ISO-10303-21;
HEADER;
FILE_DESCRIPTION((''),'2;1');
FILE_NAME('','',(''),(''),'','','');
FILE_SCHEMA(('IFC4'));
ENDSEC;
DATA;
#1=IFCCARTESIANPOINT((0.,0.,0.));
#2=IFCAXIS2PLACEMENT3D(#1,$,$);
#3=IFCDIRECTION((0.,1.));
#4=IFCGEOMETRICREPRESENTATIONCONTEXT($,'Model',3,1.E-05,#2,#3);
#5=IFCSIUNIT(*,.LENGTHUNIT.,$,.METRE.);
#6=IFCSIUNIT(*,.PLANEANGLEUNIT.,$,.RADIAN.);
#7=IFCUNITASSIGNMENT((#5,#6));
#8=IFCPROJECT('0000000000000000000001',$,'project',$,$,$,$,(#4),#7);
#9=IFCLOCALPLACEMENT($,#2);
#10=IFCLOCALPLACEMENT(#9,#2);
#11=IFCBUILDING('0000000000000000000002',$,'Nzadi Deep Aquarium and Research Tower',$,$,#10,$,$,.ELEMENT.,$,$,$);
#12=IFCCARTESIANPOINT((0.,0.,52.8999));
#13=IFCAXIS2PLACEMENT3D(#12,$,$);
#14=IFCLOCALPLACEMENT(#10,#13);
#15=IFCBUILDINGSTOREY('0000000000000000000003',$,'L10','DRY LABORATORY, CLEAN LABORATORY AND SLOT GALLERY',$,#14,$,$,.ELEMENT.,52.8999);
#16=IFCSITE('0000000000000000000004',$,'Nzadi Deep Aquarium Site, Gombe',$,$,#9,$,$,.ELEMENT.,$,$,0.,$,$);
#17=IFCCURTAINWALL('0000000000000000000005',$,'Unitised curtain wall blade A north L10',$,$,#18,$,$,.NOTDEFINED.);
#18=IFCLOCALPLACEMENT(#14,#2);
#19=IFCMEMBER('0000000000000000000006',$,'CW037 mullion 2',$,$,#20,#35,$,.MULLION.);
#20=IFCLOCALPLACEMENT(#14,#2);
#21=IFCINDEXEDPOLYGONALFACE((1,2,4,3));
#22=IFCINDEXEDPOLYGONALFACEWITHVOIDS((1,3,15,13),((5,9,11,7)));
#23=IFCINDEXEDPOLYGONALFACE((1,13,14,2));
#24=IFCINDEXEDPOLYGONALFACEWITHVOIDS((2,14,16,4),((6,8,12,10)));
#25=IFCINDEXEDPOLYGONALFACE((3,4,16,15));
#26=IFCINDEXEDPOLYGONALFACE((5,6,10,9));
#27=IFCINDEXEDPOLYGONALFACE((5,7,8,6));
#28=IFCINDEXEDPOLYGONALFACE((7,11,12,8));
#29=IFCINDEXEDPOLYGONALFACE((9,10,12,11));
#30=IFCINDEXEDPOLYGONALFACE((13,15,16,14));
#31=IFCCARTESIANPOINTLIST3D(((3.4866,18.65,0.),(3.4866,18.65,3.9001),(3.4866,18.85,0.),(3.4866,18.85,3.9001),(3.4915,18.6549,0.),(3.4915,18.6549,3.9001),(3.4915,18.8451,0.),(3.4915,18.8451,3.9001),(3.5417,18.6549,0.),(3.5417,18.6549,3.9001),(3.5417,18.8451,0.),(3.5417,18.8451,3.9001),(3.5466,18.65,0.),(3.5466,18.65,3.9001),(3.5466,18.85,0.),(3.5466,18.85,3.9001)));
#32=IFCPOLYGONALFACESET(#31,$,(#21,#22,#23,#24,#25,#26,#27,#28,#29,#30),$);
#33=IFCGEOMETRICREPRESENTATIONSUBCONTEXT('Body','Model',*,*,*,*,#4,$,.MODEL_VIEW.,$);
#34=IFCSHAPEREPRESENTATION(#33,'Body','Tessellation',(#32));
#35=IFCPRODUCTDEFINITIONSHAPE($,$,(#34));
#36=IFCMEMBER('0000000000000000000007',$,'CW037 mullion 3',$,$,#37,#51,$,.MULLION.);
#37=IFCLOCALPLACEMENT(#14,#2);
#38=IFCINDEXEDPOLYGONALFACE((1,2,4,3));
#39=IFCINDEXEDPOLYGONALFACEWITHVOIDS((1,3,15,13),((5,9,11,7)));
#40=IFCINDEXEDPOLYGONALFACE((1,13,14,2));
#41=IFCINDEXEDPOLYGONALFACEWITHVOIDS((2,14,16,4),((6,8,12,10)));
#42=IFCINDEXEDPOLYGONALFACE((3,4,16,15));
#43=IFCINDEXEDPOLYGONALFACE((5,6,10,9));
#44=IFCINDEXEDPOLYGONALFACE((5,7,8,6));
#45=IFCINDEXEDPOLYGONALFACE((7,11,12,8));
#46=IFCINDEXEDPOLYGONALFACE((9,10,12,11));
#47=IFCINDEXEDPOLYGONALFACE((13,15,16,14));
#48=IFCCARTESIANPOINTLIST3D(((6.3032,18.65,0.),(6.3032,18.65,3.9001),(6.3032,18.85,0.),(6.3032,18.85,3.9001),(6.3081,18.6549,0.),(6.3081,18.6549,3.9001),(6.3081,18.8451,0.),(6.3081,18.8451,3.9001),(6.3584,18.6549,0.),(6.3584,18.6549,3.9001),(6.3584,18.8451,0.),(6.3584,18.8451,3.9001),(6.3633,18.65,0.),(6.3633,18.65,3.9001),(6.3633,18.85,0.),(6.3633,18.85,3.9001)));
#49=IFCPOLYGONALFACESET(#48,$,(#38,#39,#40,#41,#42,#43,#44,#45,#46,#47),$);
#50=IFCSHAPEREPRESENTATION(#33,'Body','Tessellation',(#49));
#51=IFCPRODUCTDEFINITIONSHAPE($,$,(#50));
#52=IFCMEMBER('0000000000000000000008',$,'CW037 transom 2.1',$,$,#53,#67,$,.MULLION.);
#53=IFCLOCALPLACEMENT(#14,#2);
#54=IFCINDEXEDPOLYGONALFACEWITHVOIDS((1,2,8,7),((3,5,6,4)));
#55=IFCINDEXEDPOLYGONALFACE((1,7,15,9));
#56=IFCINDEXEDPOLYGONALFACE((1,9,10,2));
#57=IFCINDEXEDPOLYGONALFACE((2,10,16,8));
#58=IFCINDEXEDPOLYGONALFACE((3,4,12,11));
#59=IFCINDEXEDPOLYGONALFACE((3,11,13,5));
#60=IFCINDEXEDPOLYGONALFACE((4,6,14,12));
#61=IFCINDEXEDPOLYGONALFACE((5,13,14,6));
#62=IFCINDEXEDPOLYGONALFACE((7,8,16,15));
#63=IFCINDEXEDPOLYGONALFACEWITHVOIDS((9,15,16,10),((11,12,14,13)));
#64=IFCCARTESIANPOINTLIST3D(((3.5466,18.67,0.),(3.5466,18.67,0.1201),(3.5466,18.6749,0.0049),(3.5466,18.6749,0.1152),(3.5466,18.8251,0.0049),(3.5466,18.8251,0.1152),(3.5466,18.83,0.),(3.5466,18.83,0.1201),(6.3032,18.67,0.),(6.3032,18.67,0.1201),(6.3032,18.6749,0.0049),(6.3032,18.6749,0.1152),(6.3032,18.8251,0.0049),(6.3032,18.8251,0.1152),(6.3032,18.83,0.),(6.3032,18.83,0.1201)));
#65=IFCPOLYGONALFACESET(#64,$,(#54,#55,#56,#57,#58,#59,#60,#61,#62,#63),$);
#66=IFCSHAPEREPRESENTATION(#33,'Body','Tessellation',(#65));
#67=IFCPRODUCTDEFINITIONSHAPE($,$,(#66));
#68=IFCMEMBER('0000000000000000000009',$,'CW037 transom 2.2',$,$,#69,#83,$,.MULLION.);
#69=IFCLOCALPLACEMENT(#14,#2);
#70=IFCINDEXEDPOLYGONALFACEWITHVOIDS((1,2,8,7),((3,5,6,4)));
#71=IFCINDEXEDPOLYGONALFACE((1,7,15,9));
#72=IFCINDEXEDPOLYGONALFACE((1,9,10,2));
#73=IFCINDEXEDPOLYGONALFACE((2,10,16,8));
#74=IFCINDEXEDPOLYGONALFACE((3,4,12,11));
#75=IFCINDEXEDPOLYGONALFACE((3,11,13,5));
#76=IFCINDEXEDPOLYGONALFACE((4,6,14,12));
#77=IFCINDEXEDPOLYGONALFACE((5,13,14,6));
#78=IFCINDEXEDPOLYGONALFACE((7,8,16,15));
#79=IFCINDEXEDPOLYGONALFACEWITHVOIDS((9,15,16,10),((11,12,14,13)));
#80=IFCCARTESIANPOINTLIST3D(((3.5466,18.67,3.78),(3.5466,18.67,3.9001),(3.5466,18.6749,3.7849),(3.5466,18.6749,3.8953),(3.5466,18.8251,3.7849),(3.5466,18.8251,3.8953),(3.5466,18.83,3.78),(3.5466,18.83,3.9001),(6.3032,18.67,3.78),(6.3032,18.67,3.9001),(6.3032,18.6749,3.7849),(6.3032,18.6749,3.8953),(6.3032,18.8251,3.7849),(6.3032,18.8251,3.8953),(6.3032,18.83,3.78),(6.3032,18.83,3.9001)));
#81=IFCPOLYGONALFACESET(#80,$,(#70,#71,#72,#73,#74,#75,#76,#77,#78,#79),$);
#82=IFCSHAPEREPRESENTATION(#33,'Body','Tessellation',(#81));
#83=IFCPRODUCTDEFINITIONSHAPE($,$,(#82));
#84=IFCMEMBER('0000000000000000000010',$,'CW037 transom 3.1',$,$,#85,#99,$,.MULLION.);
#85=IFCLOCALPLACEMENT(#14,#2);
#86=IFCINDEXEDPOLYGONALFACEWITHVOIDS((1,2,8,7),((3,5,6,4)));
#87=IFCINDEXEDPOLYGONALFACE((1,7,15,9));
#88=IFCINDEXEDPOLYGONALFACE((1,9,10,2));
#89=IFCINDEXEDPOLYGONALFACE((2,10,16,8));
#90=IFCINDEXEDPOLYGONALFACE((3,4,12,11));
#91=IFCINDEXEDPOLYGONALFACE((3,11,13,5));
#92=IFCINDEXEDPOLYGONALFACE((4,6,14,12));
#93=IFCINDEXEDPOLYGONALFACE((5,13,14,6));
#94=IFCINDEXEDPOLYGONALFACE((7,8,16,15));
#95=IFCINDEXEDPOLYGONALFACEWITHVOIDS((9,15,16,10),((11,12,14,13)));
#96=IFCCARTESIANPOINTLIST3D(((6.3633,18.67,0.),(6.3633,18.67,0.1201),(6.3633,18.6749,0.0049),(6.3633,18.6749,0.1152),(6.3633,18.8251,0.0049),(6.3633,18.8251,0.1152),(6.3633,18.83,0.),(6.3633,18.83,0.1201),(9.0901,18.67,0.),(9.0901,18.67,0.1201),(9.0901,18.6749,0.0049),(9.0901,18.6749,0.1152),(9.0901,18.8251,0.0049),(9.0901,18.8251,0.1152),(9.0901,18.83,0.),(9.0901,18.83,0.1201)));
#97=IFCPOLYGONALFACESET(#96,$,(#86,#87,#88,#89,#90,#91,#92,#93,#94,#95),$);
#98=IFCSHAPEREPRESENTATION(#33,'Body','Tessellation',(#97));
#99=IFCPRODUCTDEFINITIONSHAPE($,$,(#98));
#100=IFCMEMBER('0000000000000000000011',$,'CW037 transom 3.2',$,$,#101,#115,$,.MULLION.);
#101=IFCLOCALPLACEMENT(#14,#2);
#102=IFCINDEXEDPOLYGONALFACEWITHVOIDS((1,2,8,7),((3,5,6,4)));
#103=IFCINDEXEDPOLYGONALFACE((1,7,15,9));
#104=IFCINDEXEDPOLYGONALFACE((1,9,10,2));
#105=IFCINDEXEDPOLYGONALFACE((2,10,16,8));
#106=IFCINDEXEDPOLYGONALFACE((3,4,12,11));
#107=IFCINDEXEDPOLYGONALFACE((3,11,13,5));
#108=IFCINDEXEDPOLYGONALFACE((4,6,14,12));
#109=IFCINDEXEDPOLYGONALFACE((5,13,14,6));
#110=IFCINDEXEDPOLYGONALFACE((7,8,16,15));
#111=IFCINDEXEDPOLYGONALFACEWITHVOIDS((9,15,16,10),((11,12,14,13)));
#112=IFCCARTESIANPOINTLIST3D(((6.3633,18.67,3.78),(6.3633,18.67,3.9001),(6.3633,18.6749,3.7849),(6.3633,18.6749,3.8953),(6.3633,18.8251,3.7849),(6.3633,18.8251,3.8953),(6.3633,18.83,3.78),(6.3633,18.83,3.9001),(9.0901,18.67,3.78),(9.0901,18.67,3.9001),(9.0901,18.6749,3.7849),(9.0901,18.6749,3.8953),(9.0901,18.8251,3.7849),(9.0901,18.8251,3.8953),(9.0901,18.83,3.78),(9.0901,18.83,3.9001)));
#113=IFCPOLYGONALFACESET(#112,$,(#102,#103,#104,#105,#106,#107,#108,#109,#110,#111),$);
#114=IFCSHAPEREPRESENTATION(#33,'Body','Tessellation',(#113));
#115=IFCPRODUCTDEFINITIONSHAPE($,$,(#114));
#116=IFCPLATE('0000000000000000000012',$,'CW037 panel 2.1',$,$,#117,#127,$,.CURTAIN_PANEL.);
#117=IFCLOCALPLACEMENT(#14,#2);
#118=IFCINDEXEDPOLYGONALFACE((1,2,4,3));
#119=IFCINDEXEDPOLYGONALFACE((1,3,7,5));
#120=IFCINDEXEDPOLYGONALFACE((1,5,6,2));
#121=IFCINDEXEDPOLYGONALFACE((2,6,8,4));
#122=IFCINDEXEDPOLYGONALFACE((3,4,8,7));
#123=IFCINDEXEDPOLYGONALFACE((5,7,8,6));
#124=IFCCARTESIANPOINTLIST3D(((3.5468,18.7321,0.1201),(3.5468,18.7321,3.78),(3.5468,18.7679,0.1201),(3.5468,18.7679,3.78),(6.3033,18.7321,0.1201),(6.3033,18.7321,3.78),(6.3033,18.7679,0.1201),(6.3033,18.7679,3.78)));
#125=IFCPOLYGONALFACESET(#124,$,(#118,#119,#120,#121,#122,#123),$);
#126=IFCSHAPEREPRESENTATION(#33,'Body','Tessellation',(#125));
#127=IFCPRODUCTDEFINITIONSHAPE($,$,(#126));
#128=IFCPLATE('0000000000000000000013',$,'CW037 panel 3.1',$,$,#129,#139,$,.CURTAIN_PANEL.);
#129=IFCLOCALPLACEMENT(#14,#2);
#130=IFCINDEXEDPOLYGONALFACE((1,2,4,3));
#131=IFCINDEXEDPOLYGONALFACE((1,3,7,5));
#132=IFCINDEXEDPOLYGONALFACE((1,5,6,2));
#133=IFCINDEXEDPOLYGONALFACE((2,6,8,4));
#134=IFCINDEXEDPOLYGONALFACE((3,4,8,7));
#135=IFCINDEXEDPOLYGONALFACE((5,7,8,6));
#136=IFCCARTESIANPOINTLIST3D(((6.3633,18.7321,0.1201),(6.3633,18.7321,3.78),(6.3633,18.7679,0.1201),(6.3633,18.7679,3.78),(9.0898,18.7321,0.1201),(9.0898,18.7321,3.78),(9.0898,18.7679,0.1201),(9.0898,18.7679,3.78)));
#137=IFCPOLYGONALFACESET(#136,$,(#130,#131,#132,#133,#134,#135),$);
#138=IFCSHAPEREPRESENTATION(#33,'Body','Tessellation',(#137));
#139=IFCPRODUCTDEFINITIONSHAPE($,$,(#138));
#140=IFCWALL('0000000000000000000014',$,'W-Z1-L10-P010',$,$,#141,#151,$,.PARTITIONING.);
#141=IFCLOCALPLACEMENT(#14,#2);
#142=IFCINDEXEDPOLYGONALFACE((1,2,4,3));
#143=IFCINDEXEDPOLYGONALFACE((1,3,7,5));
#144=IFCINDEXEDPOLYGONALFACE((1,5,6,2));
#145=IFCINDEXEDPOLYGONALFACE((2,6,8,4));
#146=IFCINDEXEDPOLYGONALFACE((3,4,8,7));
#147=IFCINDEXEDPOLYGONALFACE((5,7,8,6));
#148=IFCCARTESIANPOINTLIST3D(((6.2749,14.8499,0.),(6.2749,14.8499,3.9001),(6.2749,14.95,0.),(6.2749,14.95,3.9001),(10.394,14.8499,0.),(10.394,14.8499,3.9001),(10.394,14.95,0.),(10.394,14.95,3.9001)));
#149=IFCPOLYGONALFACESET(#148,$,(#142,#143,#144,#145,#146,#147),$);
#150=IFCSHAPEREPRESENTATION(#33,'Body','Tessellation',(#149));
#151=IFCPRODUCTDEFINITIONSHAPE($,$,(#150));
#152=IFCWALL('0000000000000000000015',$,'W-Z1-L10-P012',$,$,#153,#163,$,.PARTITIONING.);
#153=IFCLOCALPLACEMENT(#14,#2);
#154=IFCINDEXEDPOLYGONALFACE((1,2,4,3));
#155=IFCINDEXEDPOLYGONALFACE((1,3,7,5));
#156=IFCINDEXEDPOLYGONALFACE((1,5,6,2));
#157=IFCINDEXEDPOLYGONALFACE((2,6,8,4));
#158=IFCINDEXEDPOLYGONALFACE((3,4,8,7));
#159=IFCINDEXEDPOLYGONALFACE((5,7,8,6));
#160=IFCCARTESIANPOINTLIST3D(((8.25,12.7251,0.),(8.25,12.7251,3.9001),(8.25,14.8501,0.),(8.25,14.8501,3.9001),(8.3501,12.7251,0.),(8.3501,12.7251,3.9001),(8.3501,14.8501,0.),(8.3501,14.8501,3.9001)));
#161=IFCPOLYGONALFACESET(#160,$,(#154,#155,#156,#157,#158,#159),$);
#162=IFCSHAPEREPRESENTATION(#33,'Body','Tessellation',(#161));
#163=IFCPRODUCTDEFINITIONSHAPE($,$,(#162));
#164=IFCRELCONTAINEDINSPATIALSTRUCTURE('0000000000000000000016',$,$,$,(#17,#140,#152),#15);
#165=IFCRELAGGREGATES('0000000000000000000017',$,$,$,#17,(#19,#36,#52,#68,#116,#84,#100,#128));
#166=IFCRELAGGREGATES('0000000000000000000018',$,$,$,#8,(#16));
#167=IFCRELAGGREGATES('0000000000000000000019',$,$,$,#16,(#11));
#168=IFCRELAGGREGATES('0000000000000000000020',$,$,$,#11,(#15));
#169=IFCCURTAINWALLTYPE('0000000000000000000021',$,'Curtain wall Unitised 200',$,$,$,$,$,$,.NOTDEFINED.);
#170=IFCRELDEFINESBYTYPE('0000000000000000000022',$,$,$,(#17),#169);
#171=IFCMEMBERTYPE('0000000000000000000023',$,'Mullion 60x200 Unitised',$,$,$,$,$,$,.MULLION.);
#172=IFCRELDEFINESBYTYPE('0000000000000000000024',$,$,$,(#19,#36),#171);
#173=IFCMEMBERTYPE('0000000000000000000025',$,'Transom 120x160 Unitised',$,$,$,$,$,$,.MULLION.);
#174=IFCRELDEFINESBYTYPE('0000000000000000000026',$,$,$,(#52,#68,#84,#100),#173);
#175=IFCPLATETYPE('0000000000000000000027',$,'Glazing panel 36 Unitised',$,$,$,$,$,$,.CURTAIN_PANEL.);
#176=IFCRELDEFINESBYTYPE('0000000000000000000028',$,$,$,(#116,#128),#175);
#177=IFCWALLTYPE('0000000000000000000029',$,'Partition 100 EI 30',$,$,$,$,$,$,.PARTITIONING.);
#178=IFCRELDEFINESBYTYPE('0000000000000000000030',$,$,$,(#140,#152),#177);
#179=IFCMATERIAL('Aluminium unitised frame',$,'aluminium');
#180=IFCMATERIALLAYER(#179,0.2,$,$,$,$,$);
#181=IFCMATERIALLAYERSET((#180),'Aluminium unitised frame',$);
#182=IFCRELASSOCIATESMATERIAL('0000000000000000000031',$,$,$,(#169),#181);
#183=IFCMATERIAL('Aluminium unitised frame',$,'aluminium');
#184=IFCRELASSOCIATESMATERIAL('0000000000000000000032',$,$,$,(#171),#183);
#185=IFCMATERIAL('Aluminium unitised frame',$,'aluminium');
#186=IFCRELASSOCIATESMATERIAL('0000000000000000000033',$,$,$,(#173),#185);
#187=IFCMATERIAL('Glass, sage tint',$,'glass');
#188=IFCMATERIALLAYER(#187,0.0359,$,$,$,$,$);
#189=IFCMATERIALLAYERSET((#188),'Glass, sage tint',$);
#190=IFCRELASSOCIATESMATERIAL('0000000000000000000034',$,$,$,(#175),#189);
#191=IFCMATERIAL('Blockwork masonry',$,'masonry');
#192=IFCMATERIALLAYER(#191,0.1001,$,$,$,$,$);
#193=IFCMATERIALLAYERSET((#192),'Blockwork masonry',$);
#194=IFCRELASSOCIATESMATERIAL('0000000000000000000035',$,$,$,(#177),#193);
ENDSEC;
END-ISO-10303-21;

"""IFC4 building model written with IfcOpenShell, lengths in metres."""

from ifc_helpers import new_model, si_unit, direction, frame, frame_2d, origin, origin_2d, place, context, subcontext, project, spatial, rectangle, hollow_rectangle, extrude, material, layer, layer_set, material_profile, profile_set, type_object, element, aggregate, save


model = new_model("IFC4")

# Units and contexts
model_context = context("Model", 3, precision=1e-05, world=origin(), true_north=direction((0.0, 1.0)))
body_context = subcontext(model_context, "Body", "Model", "MODEL_VIEW")
ifc_project = project(units=[si_unit("LENGTHUNIT", "METRE"), si_unit("PLANEANGLEUNIT", "RADIAN")], contexts=[model_context])

# Site, building, storey
site_placement = place(None, origin())
site = spatial("IfcSite", under=ifc_project, at=site_placement, Name="Nzadi Deep Aquarium Site, Gombe", CompositionType="ELEMENT", RefElevation=0.0)
building_placement = place(site_placement, origin())
building = spatial("IfcBuilding", under=site, at=building_placement, Name="Nzadi Deep Aquarium and Research Tower", CompositionType="ELEMENT")
storey_placement = place(building_placement, frame((0.0, 0.0, 52.8999)))
storey = spatial("IfcBuildingStorey", under=building, at=storey_placement, Name="L10", Description="DRY LABORATORY, CLEAN LABORATORY AND SLOT GALLERY", CompositionType="ELEMENT", Elevation=52.8999)

# Curtain wall, members, plates
ifc_material_1 = material(Name="Aluminium unitised frame", Category="aluminium")
ifc_layer_1 = layer(ifc_material_1, 0.2)
ifc_layer_set_1 = layer_set([ifc_layer_1], Name="Aluminium unitised frame")
curtain_wall_type = type_object("IfcCurtainWallType", Name="Curtain wall Unitised 200", PredefinedType="NOTDEFINED", material=ifc_layer_set_1)
curtain_wall_placement = place(storey_placement, origin())
curtain_wall = element("IfcCurtainWall", 1, at=curtain_wall_placement, inside=storey, type_object=curtain_wall_type, Name="Unitised curtain wall blade A north L10", PredefinedType="NOTDEFINED")
ifc_material_2 = material(Name="Aluminium unitised frame", Category="aluminium")
ifc_material_profile_1 = material_profile(ifc_material_2, hollow_rectangle(XDim=0.2, YDim=0.0601, WallThickness=0.0049, at=origin_2d()))
ifc_profile_set_1 = profile_set([ifc_material_profile_1], Name="Aluminium unitised frame")
member_type_1 = type_object("IfcMemberType", Name="Mullion 60x200 Unitised", PredefinedType="MULLION", material=ifc_profile_set_1)
member_1_placement = place(storey_placement, frame((3.5166, 18.75, 0.0), z_axis=(0.0, 0.0, 1.0), x_axis=(0.0, 1.0, 0.0)))
member_1 = element("IfcMember", 2, at=member_1_placement, type_object=member_type_1, Name="CW037 mullion 2", PredefinedType="MULLION", context=body_context, shape_type="SweptSolid", body=[
    extrude(hollow_rectangle(XDim=0.2, YDim=0.0601, WallThickness=0.0049, at=origin_2d()), origin(), (0.0, 0.0, 1.0), 3.9001),
])
member_2_placement = place(storey_placement, frame((6.3333, 18.75, 0.0), z_axis=(0.0, 0.0, 1.0), x_axis=(0.0, 1.0, 0.0)))
member_2 = element("IfcMember", 3, at=member_2_placement, type_object=member_type_1, Name="CW037 mullion 3", PredefinedType="MULLION", context=body_context, shape_type="SweptSolid", body=[
    extrude(hollow_rectangle(XDim=0.2, YDim=0.0601, WallThickness=0.0049, at=origin_2d()), origin(), (0.0, 0.0, 1.0), 3.9001),
])
ifc_material_3 = material(Name="Aluminium unitised frame", Category="aluminium")
ifc_material_profile_2 = material_profile(ifc_material_3, hollow_rectangle(XDim=0.1599, YDim=0.1201, WallThickness=0.0049, at=origin_2d()))
ifc_profile_set_2 = profile_set([ifc_material_profile_2], Name="Aluminium unitised frame")
member_type_2 = type_object("IfcMemberType", Name="Transom 120x160 Unitised", PredefinedType="MULLION", material=ifc_profile_set_2)
member_3_placement = place(storey_placement, frame((3.5466, 18.75, 0.0601), z_axis=(1.0, 0.0, 0.0), x_axis=(0.0, 1.0, 0.0)))
member_3 = element("IfcMember", 4, at=member_3_placement, type_object=member_type_2, Name="CW037 transom 2.1", PredefinedType="MULLION", context=body_context, shape_type="SweptSolid", body=[
    extrude(hollow_rectangle(XDim=0.1599, YDim=0.1201, WallThickness=0.0049, at=origin_2d()), origin(), (0.0, 0.0, 1.0), 2.7566),
])
member_4_placement = place(storey_placement, frame((3.5466, 18.75, 3.8401), z_axis=(1.0, 0.0, 0.0), x_axis=(0.0, 1.0, 0.0)))
member_4 = element("IfcMember", 5, at=member_4_placement, type_object=member_type_2, Name="CW037 transom 2.2", PredefinedType="MULLION", context=body_context, shape_type="SweptSolid", body=[
    extrude(hollow_rectangle(XDim=0.1599, YDim=0.1201, WallThickness=0.0049, at=origin_2d()), origin(), (0.0, 0.0, 1.0), 2.7566),
])
member_5_placement = place(storey_placement, frame((6.3633, 18.75, 0.0601), z_axis=(1.0, 0.0, 0.0), x_axis=(0.0, 1.0, 0.0)))
member_5 = element("IfcMember", 6, at=member_5_placement, type_object=member_type_2, Name="CW037 transom 3.1", PredefinedType="MULLION", context=body_context, shape_type="SweptSolid", body=[
    extrude(hollow_rectangle(XDim=0.1599, YDim=0.1201, WallThickness=0.0049, at=origin_2d()), origin(), (0.0, 0.0, 1.0), 2.7268),
])
member_6_placement = place(storey_placement, frame((6.3633, 18.75, 3.8401), z_axis=(1.0, 0.0, 0.0), x_axis=(0.0, 1.0, 0.0)))
member_6 = element("IfcMember", 7, at=member_6_placement, type_object=member_type_2, Name="CW037 transom 3.2", PredefinedType="MULLION", context=body_context, shape_type="SweptSolid", body=[
    extrude(hollow_rectangle(XDim=0.1599, YDim=0.1201, WallThickness=0.0049, at=origin_2d()), origin(), (0.0, 0.0, 1.0), 2.7268),
])
ifc_material_4 = material(Name="Glass, sage tint", Category="glass")
ifc_layer_2 = layer(ifc_material_4, 0.0359)
ifc_layer_set_2 = layer_set([ifc_layer_2], Name="Glass, sage tint")
plate_type = type_object("IfcPlateType", Name="Glazing panel 36 Unitised", PredefinedType="CURTAIN_PANEL", material=ifc_layer_set_2)
plate_1_placement = place(storey_placement, frame((4.925, 18.75, 0.1201), z_axis=(0.0, 0.0, 1.0), x_axis=(1.0, 0.0, 0.0)))
plate_1 = element("IfcPlate", 8, at=plate_1_placement, type_object=plate_type, Name="CW037 panel 2.1", PredefinedType="CURTAIN_PANEL", context=body_context, shape_type="SweptSolid", body=[
    extrude(rectangle(XDim=2.7566, YDim=0.0359, at=origin_2d()), origin(), (0.0, 0.0, 1.0), 3.6599),
])
plate_2_placement = place(storey_placement, frame((7.7266, 18.75, 0.1201), z_axis=(0.0, 0.0, 1.0), x_axis=(1.0, 0.0, 0.0)))
plate_2 = element("IfcPlate", 9, at=plate_2_placement, type_object=plate_type, Name="CW037 panel 3.1", PredefinedType="CURTAIN_PANEL", context=body_context, shape_type="SweptSolid", body=[
    extrude(rectangle(XDim=2.7266, YDim=0.0359, at=origin_2d()), origin(), (0.0, 0.0, 1.0), 3.6599),
])
aggregate(curtain_wall, [member_1, member_2, member_3, member_4, plate_1, member_5, member_6, plate_2])

# Walls
ifc_material_5 = material(Name="Blockwork masonry", Category="masonry")
ifc_layer_3 = layer(ifc_material_5, 0.1001)
ifc_layer_set_3 = layer_set([ifc_layer_3], Name="Blockwork masonry")
wall_type_1 = type_object("IfcWallType", Name="Partition 100 EI 30", PredefinedType="PARTITIONING", material=ifc_layer_set_3)
wall_1_placement = place(storey_placement, frame((6.2749, 14.8999, 0.0), z_axis=(0.0, 0.0, 1.0), x_axis=(1.0, 0.0, 0.0)))
element("IfcWall", 10, at=wall_1_placement, inside=storey, type_object=wall_type_1, Name="W-Z1-L10-P010", PredefinedType="PARTITIONING", context=body_context, shape_type="SweptSolid", body=[
    extrude(rectangle(XDim=4.1191, YDim=0.1001, at=frame_2d((2.0596, 0.0))), origin(), (0.0, 0.0, 1.0), 3.9001),
])
wall_2_placement = place(storey_placement, frame((8.3, 12.7251, 0.0), z_axis=(0.0, 0.0, 1.0), x_axis=(0.0, 1.0, 0.0)))
element("IfcWall", 11, at=wall_2_placement, inside=storey, type_object=wall_type_1, Name="W-Z1-L10-P012", PredefinedType="PARTITIONING", context=body_context, shape_type="SweptSolid", body=[
    extrude(rectangle(XDim=2.125, YDim=0.1001, at=frame_2d((1.0625, 0.0))), origin(), (0.0, 0.0, 1.0), 3.9001),
])

save(model, "model.ifc")
